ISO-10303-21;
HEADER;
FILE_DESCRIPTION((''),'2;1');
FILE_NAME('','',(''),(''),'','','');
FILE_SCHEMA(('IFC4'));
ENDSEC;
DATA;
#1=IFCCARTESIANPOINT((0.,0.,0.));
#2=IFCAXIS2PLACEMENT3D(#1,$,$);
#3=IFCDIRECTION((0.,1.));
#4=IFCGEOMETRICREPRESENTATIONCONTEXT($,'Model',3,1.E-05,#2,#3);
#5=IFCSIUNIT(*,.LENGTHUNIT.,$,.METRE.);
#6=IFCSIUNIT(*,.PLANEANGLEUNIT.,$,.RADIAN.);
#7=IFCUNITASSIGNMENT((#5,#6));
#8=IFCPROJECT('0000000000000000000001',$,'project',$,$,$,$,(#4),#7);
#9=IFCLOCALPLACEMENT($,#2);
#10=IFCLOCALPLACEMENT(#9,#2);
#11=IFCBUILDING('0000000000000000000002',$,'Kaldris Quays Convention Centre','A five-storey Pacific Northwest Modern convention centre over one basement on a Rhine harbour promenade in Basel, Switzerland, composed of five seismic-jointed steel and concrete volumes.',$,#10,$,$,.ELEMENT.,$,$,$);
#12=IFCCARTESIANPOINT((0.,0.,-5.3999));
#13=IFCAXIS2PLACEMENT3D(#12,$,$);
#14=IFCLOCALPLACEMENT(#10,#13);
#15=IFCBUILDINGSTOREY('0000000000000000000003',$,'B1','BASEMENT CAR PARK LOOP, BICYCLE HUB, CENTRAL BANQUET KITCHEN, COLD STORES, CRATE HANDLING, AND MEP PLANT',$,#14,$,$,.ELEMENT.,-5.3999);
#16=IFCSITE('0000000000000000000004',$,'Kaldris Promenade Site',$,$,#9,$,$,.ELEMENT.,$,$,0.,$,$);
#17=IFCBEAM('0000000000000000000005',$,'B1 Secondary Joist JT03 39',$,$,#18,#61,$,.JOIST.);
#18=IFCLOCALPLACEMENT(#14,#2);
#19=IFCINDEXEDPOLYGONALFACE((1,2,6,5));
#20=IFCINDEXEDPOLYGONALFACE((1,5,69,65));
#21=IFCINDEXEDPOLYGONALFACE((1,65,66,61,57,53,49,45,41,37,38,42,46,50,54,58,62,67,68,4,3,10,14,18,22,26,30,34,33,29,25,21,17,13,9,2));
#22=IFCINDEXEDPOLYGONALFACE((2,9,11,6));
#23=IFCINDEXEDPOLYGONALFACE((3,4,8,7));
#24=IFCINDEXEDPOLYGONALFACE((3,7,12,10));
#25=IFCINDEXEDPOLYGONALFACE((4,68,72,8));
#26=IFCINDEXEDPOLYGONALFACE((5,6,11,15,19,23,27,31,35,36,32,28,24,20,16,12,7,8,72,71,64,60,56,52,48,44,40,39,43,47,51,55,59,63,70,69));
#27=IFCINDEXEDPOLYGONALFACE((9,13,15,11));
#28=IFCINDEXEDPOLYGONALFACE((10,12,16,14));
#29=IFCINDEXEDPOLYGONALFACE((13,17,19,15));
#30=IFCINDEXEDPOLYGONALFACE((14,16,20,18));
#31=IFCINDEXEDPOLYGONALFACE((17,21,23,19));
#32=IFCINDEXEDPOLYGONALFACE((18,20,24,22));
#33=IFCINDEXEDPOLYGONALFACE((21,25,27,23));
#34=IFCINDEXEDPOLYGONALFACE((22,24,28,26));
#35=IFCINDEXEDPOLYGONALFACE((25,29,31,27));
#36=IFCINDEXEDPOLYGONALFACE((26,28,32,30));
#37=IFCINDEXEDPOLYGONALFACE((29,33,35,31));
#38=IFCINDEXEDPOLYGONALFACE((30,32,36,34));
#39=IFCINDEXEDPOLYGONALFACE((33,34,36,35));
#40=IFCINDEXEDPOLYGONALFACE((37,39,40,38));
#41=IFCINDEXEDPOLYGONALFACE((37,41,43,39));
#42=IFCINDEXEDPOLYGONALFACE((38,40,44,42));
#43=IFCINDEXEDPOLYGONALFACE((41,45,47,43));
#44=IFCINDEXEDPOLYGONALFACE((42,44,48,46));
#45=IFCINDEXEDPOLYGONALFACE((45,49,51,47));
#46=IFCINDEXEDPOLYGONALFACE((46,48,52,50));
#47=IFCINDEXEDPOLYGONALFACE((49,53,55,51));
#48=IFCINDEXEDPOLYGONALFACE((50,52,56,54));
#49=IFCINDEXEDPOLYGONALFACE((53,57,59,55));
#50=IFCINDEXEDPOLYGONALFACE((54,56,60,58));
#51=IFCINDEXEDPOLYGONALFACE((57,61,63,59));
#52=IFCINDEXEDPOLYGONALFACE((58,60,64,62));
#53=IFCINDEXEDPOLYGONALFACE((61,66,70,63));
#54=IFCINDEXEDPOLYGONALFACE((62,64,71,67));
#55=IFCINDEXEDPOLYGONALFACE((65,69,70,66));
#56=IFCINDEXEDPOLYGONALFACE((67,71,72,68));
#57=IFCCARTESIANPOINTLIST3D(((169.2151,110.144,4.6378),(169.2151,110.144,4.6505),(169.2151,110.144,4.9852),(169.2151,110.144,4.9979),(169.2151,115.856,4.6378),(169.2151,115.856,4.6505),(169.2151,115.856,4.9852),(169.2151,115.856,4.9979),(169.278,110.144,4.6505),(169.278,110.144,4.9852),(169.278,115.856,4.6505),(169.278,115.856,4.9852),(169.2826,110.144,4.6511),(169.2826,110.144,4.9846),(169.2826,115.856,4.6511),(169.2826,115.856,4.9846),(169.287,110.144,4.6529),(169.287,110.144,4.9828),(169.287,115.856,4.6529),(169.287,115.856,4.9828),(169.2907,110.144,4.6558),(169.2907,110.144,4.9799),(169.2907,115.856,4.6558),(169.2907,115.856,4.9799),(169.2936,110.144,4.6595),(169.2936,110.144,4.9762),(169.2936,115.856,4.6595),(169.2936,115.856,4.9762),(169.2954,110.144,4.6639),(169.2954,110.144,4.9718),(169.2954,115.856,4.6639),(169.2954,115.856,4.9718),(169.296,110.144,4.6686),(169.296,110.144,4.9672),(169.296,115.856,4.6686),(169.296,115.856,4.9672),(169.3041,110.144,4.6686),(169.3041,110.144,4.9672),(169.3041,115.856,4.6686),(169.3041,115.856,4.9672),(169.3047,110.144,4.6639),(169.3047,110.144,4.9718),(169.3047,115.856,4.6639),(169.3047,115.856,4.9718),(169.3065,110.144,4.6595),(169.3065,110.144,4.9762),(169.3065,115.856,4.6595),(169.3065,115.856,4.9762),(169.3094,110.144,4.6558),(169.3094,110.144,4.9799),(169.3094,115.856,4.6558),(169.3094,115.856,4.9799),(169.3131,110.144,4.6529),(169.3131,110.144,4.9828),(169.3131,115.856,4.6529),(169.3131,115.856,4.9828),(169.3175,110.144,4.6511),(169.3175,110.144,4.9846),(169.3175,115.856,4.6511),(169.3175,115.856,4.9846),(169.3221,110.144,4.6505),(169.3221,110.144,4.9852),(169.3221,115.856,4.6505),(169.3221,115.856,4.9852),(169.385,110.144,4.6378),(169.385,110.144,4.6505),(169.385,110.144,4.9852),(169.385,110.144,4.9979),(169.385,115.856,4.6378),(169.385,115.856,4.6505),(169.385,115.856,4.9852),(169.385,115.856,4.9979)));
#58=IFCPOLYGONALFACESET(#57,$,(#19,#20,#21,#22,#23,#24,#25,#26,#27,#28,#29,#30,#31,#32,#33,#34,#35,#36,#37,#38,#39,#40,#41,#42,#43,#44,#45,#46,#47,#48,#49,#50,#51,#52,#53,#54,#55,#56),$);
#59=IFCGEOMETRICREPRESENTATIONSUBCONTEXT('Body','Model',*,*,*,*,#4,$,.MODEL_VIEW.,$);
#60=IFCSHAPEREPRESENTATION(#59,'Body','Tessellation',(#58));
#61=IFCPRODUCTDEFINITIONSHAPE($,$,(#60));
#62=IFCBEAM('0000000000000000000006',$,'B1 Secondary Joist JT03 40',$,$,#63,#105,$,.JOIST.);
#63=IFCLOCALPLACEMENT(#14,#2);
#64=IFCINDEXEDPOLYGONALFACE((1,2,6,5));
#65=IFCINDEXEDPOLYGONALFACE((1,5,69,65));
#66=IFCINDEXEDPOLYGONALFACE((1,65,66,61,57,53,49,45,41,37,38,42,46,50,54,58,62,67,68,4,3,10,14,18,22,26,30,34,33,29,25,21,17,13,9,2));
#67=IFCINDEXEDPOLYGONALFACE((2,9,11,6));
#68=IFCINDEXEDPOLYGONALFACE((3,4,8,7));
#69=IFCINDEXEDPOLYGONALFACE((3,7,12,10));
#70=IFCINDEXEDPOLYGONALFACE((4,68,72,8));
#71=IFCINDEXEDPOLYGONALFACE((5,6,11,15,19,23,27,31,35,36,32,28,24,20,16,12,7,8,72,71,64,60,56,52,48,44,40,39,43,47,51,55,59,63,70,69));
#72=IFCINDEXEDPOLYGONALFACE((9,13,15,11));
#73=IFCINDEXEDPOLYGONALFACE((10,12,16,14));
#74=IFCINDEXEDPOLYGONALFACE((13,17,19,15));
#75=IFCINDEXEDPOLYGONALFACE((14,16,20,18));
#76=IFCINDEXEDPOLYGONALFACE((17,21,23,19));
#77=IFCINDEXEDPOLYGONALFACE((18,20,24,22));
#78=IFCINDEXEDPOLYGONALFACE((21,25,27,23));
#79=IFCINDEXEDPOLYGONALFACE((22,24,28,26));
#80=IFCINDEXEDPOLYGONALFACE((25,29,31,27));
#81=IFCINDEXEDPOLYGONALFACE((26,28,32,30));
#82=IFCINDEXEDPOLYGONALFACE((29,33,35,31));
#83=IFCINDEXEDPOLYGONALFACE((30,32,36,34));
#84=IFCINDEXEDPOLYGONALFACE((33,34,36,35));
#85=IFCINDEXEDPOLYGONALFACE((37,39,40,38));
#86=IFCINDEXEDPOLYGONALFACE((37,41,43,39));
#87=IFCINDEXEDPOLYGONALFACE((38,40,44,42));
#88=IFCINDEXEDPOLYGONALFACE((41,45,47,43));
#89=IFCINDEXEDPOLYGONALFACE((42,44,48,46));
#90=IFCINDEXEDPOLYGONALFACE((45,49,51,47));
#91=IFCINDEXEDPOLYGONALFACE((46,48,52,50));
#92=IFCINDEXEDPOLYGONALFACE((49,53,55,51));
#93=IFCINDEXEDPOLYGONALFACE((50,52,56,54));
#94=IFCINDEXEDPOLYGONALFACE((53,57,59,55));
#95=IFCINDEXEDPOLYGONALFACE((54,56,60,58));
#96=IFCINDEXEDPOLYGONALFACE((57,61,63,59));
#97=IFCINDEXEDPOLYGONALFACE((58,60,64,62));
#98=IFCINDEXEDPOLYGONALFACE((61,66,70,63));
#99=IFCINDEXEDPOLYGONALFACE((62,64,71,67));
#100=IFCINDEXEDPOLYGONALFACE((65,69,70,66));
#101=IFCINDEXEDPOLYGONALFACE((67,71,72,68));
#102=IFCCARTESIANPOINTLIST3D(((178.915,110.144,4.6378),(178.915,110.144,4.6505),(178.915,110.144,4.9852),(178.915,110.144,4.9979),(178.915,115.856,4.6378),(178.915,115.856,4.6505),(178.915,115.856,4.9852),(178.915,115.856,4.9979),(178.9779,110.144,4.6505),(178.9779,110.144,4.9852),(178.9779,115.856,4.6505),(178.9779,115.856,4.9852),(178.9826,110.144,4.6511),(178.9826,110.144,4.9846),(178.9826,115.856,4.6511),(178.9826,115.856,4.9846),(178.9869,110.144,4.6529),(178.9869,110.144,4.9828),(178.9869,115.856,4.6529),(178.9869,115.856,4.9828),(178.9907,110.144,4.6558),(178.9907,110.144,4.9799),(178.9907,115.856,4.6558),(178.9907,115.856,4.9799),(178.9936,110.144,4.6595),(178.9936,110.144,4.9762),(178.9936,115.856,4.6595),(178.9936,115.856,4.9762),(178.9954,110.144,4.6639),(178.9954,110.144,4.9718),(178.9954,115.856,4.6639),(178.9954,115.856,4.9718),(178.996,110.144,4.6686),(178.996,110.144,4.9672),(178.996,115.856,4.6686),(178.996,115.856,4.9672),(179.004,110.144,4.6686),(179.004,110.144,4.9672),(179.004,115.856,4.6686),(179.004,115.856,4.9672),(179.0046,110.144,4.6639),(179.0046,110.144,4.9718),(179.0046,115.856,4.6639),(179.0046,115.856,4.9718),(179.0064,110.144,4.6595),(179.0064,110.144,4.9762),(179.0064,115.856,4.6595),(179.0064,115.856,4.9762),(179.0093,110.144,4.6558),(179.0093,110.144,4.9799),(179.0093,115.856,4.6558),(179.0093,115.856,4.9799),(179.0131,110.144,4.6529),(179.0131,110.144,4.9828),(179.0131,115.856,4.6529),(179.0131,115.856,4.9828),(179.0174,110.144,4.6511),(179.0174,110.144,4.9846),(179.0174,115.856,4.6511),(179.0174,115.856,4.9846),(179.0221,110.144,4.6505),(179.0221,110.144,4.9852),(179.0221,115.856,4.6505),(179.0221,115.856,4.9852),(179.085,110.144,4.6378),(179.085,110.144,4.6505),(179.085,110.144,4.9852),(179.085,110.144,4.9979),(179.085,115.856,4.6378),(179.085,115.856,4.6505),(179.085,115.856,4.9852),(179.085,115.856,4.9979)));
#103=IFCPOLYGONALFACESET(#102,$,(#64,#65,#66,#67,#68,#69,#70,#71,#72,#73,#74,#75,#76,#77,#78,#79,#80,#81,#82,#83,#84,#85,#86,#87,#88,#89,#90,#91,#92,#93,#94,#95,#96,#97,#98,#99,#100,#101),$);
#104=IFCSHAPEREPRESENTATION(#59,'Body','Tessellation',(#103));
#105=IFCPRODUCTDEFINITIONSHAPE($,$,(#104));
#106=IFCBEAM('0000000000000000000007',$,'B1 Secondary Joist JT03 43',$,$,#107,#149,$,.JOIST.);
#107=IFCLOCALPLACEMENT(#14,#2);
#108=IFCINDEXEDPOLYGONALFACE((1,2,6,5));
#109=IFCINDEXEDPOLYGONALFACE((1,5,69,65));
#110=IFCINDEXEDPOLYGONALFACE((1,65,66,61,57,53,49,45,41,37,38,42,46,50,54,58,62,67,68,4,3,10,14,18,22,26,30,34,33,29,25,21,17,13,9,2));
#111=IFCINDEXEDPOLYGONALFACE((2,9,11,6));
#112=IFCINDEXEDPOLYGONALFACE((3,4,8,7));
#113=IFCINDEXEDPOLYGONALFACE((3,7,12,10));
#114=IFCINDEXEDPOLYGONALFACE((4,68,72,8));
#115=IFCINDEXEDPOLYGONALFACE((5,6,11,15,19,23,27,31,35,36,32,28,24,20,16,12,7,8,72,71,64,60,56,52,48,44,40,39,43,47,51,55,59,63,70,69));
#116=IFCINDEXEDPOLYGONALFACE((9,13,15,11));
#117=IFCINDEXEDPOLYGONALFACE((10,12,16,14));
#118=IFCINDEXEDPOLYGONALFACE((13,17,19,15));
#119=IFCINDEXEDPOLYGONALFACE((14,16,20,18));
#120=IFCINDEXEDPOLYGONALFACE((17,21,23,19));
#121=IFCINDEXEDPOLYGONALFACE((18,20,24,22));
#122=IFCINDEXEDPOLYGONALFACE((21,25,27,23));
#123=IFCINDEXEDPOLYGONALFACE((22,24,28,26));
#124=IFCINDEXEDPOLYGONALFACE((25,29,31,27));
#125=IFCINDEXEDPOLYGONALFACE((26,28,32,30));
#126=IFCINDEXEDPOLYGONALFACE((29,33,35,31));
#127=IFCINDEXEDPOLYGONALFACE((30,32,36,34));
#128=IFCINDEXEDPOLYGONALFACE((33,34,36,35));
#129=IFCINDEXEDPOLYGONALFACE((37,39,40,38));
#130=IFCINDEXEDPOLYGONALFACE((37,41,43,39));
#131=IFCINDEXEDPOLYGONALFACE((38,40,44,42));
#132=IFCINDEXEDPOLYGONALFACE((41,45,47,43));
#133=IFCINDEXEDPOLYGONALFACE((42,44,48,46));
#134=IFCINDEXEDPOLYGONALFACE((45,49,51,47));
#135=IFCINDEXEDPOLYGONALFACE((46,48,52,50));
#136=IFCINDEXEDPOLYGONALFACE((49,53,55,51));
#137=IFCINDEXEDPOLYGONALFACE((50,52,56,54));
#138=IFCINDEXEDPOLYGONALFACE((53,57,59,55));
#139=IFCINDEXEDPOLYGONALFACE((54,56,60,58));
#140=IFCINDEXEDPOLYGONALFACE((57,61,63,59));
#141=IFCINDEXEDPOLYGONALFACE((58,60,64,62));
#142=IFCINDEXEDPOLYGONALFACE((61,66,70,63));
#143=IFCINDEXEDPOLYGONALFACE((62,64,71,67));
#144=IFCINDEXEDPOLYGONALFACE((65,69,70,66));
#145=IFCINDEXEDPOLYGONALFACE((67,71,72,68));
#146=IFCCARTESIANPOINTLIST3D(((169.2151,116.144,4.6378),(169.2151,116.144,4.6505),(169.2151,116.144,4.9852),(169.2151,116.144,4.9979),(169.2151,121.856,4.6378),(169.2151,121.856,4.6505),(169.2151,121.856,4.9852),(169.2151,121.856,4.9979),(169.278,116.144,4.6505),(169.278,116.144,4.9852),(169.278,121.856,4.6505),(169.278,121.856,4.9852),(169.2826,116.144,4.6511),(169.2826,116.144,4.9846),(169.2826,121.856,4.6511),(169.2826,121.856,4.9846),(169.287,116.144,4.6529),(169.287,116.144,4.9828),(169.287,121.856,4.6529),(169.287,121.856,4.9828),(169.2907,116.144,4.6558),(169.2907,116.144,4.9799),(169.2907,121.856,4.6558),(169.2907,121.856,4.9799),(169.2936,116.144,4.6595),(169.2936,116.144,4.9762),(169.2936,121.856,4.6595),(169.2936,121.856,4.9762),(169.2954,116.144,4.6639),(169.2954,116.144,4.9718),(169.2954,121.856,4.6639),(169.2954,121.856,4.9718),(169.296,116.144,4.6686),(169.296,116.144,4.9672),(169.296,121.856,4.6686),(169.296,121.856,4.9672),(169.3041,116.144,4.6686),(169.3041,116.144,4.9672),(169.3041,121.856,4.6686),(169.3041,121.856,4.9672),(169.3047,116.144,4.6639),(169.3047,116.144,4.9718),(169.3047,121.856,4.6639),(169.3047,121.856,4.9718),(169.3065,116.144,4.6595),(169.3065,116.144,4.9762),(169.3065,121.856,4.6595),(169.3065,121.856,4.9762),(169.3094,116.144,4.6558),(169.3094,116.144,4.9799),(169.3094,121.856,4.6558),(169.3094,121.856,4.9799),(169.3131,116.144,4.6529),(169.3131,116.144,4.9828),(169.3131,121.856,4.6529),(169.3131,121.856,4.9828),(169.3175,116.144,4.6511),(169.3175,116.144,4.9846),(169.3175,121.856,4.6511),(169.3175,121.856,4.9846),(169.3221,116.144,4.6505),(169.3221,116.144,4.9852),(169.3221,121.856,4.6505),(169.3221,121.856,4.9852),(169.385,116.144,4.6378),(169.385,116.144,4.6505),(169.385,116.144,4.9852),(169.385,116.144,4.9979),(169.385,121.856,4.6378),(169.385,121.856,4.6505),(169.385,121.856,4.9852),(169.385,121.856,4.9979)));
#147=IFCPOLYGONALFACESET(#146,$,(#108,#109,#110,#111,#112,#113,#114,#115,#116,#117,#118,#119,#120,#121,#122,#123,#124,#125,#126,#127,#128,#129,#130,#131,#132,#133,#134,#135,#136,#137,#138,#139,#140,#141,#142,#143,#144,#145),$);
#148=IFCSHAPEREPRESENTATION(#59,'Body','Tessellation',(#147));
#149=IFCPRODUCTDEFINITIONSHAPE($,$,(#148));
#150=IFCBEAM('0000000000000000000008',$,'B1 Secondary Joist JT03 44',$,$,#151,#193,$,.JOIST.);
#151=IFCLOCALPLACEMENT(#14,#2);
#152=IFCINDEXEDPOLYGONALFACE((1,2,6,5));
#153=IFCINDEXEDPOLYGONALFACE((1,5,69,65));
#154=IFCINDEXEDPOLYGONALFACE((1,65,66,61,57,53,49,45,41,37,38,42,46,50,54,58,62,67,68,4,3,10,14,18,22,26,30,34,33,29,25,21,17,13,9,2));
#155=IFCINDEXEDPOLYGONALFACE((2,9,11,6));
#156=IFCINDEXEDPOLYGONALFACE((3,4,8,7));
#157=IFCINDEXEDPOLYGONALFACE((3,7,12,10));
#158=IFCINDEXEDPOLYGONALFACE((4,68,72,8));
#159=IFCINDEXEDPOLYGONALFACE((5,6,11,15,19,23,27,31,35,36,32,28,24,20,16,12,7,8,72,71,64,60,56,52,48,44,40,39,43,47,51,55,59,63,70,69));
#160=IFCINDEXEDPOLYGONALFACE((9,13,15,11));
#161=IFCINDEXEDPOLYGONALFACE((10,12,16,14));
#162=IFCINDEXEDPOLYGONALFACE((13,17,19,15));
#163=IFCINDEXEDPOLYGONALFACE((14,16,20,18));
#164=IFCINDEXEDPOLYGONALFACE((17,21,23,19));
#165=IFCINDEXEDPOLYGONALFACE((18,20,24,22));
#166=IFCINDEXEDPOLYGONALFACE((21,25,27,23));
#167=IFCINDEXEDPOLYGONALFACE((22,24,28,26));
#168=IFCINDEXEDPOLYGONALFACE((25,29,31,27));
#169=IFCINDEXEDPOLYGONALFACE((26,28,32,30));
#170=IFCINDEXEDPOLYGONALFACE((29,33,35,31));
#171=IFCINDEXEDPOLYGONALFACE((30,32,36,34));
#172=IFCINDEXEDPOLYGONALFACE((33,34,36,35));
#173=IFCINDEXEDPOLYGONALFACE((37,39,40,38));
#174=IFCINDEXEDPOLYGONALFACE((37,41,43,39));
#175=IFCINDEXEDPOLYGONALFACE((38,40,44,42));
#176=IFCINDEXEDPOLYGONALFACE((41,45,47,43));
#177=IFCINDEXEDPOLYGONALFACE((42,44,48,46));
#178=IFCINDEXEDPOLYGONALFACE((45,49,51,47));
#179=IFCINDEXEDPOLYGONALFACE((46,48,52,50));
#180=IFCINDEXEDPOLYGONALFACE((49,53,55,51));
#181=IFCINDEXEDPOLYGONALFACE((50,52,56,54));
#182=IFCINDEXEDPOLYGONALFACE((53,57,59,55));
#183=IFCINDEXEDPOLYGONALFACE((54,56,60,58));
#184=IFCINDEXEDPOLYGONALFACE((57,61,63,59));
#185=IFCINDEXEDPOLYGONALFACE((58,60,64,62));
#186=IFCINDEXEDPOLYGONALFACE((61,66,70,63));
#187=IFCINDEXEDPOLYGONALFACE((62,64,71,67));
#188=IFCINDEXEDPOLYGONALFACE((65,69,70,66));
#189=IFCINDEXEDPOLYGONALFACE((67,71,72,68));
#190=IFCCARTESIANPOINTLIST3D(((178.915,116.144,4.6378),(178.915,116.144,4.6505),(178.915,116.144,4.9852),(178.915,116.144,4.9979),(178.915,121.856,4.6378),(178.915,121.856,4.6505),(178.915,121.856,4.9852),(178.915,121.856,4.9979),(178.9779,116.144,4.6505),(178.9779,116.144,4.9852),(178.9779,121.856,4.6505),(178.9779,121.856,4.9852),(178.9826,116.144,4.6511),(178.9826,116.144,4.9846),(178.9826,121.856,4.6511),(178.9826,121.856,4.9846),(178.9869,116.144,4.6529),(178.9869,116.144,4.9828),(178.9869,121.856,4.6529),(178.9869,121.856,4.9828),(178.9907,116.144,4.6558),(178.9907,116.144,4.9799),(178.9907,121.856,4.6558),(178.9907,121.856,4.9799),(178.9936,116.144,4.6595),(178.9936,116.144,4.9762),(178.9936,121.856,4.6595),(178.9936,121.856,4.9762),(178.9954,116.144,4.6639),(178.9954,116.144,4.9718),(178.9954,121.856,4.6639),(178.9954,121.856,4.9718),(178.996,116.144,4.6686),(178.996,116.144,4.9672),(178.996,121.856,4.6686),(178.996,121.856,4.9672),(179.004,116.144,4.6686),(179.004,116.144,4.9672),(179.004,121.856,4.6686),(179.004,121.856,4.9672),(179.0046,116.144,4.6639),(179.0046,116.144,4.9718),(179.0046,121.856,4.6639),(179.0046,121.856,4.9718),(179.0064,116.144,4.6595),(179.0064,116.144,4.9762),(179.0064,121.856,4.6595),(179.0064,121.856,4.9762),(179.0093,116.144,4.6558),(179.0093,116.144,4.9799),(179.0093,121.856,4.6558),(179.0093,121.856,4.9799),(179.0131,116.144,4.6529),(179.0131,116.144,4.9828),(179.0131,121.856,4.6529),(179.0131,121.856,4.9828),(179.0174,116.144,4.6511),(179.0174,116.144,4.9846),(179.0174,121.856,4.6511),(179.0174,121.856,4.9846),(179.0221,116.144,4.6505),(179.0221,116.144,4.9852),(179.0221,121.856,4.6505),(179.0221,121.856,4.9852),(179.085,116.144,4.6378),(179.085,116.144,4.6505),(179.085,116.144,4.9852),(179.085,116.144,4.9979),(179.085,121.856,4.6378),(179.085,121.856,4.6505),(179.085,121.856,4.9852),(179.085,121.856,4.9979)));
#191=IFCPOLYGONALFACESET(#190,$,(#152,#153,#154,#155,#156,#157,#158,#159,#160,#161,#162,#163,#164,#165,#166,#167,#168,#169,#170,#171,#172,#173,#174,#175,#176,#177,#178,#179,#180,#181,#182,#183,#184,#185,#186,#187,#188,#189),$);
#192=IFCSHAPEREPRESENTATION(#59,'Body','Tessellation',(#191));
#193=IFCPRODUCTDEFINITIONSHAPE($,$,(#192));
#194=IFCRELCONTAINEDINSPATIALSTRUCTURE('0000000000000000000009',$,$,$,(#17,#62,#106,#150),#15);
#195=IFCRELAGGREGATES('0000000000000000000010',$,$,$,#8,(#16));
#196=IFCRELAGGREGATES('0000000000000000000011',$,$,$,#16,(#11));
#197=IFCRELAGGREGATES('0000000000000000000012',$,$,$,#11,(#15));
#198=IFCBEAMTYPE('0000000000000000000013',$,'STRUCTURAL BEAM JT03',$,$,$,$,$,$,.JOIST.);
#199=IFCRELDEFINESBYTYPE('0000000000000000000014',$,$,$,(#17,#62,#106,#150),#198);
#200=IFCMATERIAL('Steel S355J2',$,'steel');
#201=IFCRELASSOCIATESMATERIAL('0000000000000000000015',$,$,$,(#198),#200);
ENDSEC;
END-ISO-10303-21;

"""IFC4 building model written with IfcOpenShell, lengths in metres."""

from ifc_helpers import new_model, si_unit, direction, frame, origin, origin_2d, place, context, subcontext, project, spatial, i_section, extrude, material, material_profile, profile_set, type_object, element, save


model = new_model("IFC4")

# Units and contexts
model_context = context("Model", 3, precision=1e-05, world=origin(), true_north=direction((0.0, 1.0)))
body_context = subcontext(model_context, "Body", "Model", "MODEL_VIEW")
ifc_project = project(units=[si_unit("LENGTHUNIT", "METRE"), si_unit("PLANEANGLEUNIT", "RADIAN")], contexts=[model_context])

# Site, building, storey
site_placement = place(None, origin())
site = spatial("IfcSite", under=ifc_project, at=site_placement, Name="Kaldris Promenade Site", CompositionType="ELEMENT", RefElevation=0.0)
building_placement = place(site_placement, origin())
building = spatial("IfcBuilding", under=site, at=building_placement, Name="Kaldris Quays Convention Centre", Description="A five-storey Pacific Northwest Modern convention centre over one basement on a Rhine harbour promenade in Basel, Switzerland, composed of five seismic-jointed steel and concrete volumes.", CompositionType="ELEMENT")
storey_placement = place(building_placement, frame((0.0, 0.0, -5.3999)))
storey = spatial("IfcBuildingStorey", under=building, at=storey_placement, Name="B1", Description="BASEMENT CAR PARK LOOP, BICYCLE HUB, CENTRAL BANQUET KITCHEN, COLD STORES, CRATE HANDLING, AND MEP PLANT", CompositionType="ELEMENT", Elevation=-5.3999)

# Shared definitions
ifc_material_1 = material(Name="Steel S355J2", Category="steel")

# Beams
ifc_material_profile_1 = material_profile(ifc_material_1, i_section(OverallWidth=0.1699, OverallDepth=0.3601, WebThickness=0.0081, FlangeThickness=0.0127, FilletRadius=0.0181, at=origin_2d()), Name="IPE 360")
ifc_profile_set_1 = profile_set([ifc_material_profile_1], Name="Steel S355J2")
beam_type_1 = type_object("IfcBeamType", Name="STRUCTURAL BEAM JT03", PredefinedType="JOIST", material=ifc_profile_set_1)
for number, where, z_axis, x_axis, name in (
    (1, (169.3, 110.144, 4.8179), (0.0, 1.0, 0.0), (-1.0, 0.0, 0.0), "B1 Secondary Joist JT03 39"),
    (2, (179.0, 110.144, 4.8179), (0.0, 1.0, 0.0), (-1.0, 0.0, 0.0), "B1 Secondary Joist JT03 40"),
    (3, (169.3, 116.144, 4.8179), (0.0, 1.0, 0.0), (-1.0, 0.0, 0.0), "B1 Secondary Joist JT03 43"),
    (4, (179.0, 116.144, 4.8179), (0.0, 1.0, 0.0), (-1.0, 0.0, 0.0), "B1 Secondary Joist JT03 44"),
):
    element("IfcBeam", number, at=place(storey_placement, frame(where, z_axis=z_axis, x_axis=x_axis)), inside=storey, type_object=beam_type_1, Name=name, PredefinedType="JOIST", context=body_context, shape_type="SweptSolid", body=[
        extrude(i_section(OverallWidth=0.1699, OverallDepth=0.3601, WebThickness=0.0081, FlangeThickness=0.0127, FilletRadius=0.0181, at=origin_2d()), origin(), (0.0, 0.0, 1.0), 5.7119),
    ])

save(model, "model.ifc")
